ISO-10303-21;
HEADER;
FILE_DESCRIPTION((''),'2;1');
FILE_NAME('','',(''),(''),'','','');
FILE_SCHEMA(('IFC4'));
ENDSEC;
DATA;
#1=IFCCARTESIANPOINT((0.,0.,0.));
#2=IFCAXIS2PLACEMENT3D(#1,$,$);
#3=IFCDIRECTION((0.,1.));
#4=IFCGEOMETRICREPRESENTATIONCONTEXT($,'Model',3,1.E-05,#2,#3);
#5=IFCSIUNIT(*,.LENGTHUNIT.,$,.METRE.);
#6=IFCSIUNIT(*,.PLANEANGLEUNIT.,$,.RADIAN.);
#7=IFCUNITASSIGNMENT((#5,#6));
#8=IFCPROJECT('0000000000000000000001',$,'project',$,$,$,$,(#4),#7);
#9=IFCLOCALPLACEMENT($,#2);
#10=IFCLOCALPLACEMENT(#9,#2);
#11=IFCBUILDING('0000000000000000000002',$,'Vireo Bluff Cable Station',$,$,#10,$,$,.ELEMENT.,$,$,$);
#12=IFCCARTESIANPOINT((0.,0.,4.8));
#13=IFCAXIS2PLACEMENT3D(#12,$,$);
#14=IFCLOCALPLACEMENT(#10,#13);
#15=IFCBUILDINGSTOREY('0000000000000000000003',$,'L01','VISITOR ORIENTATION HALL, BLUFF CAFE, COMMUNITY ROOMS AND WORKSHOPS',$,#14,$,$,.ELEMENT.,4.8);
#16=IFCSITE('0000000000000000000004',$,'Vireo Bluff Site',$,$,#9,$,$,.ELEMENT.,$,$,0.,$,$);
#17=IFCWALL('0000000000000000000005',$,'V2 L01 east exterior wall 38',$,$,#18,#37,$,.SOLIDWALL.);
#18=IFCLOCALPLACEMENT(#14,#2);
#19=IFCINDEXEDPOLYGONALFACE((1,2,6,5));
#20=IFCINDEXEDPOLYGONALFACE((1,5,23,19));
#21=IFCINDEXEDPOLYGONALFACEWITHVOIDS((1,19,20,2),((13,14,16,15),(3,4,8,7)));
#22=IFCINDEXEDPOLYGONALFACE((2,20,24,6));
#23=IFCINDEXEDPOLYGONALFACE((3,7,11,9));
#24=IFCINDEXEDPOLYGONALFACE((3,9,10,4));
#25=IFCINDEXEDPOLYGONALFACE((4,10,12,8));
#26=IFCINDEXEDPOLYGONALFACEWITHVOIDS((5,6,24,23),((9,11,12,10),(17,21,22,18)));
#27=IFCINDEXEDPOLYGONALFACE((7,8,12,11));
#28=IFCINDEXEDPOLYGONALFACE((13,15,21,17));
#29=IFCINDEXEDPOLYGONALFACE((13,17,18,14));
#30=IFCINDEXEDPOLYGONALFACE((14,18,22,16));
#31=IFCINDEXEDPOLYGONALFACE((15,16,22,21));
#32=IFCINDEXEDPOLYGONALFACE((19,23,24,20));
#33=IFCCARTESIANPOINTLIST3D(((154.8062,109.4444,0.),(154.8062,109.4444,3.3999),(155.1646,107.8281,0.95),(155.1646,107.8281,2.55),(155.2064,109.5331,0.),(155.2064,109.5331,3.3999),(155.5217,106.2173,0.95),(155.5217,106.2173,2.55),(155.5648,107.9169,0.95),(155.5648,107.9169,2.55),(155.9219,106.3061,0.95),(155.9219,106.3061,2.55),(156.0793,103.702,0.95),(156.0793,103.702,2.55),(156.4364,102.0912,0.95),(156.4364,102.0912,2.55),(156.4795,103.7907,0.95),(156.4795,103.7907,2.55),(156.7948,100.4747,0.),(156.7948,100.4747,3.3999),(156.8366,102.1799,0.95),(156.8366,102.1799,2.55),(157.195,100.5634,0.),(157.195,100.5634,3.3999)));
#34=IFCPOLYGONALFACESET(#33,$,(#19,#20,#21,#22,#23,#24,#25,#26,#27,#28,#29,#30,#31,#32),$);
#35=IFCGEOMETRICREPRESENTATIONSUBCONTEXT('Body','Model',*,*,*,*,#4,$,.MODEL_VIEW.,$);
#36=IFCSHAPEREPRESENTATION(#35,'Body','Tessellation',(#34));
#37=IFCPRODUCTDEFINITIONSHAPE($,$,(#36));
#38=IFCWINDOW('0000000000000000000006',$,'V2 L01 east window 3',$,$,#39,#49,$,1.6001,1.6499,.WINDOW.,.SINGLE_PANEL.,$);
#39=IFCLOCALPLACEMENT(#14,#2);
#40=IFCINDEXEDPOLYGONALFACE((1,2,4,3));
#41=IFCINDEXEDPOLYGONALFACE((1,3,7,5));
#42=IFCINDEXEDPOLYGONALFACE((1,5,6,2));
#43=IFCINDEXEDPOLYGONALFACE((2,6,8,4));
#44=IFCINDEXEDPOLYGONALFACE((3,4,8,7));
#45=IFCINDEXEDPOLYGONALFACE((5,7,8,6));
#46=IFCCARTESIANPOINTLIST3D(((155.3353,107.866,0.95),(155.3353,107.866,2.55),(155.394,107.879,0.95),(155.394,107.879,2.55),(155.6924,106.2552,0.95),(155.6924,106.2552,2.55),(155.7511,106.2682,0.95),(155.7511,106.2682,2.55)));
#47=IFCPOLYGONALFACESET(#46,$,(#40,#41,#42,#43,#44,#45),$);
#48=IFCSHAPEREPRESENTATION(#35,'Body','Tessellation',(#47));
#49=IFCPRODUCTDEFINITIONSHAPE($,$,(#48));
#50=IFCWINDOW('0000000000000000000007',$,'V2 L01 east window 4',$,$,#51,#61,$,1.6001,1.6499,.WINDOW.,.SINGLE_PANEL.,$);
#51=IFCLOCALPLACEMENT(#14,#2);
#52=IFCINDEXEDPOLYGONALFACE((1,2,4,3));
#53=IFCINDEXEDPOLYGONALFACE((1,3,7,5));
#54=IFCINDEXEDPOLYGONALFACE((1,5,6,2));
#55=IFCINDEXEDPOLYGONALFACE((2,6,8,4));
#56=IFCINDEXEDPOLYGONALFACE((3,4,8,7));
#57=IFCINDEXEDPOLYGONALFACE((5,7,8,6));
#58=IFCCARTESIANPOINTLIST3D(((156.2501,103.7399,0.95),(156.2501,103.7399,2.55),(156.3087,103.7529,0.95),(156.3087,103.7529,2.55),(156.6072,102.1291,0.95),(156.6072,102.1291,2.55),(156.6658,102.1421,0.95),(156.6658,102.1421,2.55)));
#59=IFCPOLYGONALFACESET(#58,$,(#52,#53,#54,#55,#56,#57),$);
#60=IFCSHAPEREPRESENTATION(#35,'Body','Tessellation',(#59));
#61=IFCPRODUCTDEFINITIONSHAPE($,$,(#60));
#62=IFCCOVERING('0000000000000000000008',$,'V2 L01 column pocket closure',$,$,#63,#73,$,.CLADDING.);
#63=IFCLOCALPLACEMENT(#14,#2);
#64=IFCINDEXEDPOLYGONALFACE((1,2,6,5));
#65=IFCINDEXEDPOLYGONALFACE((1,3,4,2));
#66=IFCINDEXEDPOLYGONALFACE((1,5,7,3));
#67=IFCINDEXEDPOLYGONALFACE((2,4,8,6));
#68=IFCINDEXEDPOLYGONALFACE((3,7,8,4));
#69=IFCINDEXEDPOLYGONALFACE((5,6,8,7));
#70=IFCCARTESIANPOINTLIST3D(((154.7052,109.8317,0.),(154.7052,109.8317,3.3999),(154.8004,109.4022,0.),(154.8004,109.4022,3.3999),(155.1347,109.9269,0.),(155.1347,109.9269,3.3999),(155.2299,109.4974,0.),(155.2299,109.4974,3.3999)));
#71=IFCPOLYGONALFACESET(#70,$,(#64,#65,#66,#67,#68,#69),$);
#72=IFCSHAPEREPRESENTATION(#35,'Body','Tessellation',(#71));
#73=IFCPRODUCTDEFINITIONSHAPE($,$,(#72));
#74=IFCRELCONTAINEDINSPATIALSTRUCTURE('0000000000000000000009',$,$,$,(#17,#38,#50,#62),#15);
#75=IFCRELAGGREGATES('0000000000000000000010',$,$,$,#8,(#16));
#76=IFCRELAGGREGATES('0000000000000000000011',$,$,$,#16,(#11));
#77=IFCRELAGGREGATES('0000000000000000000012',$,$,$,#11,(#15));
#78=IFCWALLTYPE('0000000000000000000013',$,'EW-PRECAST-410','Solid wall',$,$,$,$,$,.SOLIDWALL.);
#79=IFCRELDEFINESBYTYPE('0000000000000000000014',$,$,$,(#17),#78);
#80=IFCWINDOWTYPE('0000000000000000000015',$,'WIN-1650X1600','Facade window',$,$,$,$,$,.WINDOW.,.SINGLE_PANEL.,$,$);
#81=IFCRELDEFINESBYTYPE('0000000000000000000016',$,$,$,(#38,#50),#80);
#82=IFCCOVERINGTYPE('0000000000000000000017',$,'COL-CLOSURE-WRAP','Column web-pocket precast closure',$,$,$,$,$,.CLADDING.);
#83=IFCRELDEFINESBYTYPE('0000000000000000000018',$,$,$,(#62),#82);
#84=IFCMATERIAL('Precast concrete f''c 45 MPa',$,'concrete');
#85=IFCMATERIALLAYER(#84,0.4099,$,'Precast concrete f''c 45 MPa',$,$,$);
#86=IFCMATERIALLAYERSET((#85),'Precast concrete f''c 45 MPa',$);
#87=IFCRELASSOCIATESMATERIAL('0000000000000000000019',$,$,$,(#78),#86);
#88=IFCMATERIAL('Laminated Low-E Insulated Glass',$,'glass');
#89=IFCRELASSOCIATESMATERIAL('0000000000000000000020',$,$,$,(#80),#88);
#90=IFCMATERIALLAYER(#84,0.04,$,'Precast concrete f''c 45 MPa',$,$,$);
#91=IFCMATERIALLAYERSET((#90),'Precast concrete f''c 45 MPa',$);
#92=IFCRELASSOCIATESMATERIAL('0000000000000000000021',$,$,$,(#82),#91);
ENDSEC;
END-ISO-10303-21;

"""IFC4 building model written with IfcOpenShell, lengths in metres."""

from ifc_helpers import new_model, si_unit, direction, frame, frame_2d, origin, origin_with_axes, origin_2d, place, context, subcontext, project, spatial, rectangle, extrude, material, layer, layer_set, type_object, element, fill, save


model = new_model("IFC4")

# Units and contexts
model_context = context("Model", 3, precision=1e-05, world=origin(), true_north=direction((0.0, 1.0)))
body_context = subcontext(model_context, "Body", "Model", "MODEL_VIEW")
ifc_project = project(units=[si_unit("LENGTHUNIT", "METRE"), si_unit("PLANEANGLEUNIT", "RADIAN")], contexts=[model_context])

# Site, building, storey
site_placement = place(None, origin())
site = spatial("IfcSite", under=ifc_project, at=site_placement, Name="Vireo Bluff Site", CompositionType="ELEMENT", RefElevation=0.0)
building_placement = place(site_placement, origin())
building = spatial("IfcBuilding", under=site, at=building_placement, Name="Vireo Bluff Cable Station", CompositionType="ELEMENT")
storey_placement = place(building_placement, frame((0.0, 0.0, 4.8)))
storey = spatial("IfcBuildingStorey", under=building, at=storey_placement, Name="L01", Description="VISITOR ORIENTATION HALL, BLUFF CAFE, COMMUNITY ROOMS AND WORKSHOPS", CompositionType="ELEMENT", Elevation=4.8)

# Wall, openings, windows
ifc_material_1 = material(Name="Precast concrete f'c 45 MPa", Category="concrete")
ifc_layer_1 = layer(ifc_material_1, 0.4099, Name="Precast concrete f'c 45 MPa")
ifc_layer_set_1 = layer_set([ifc_layer_1], Name="Precast concrete f'c 45 MPa")
wall_type = type_object("IfcWallType", Name="EW-PRECAST-410", Description="Solid wall", PredefinedType="SOLIDWALL", material=ifc_layer_set_1)
wall_placement = place(storey_placement, frame((155.0063, 109.4888, 0.0), z_axis=(0.0, 0.0, 1.0), x_axis=(0.216438, -0.976296, 0.0)))
wall = element("IfcWall", 1, at=wall_placement, inside=storey, type_object=wall_type, Name="V2 L01 east exterior wall 38", PredefinedType="SOLIDWALL", context=body_context, shape_type="SweptSolid", body=[
    extrude(rectangle(XDim=9.1875, YDim=0.4099, at=frame_2d((4.5938, 0.0))), origin(), (0.0, 0.0, 1.0), 3.3999),
])
opening_1_placement = place(wall_placement, frame((1.6555, 0.0, 0.95)))
opening_1 = element("IfcOpeningElement", 2, at=opening_1_placement, cuts=wall, PredefinedType="OPENING", context=body_context, shape_type="SweptSolid", body=[
    extrude(rectangle(XDim=1.6499, YDim=1.6001, at=frame_2d((0.825, 0.8))), frame((0.0, 0.2148, 0.0), z_axis=(0.0, -1.0, 0.0), x_axis=(1.0, 0.0, 0.0)), (0.0, 0.0, 1.0), 0.4299),
])
opening_2_placement = place(wall_placement, frame((5.8818, 0.0, 0.95)))
opening_2 = element("IfcOpeningElement", 3, at=opening_2_placement, cuts=wall, PredefinedType="OPENING", context=body_context, shape_type="SweptSolid", body=[
    extrude(rectangle(XDim=1.6499, YDim=1.6001, at=frame_2d((0.825, 0.8))), frame((0.0, 0.2148, 0.0), z_axis=(0.0, -1.0, 0.0), x_axis=(1.0, 0.0, 0.0)), (0.0, 0.0, 1.0), 0.4299),
])
ifc_material_2 = material(Name="Laminated Low-E Insulated Glass", Category="glass")
window_type = type_object("IfcWindowType", Name="WIN-1650X1600", Description="Facade window", PartitioningType="SINGLE_PANEL", PredefinedType="WINDOW", material=ifc_material_2)
window_1_placement = place(opening_1_placement, origin_with_axes())
window_1 = element("IfcWindow", 4, at=window_1_placement, inside=storey, type_object=window_type, Name="V2 L01 east window 3", OverallHeight=1.6001, OverallWidth=1.6499, PartitioningType="SINGLE_PANEL", PredefinedType="WINDOW", context=body_context, shape_type="SweptSolid", body=[
    extrude(rectangle(XDim=1.6499, YDim=1.6001, at=frame_2d((0.825, 0.8))), frame((0.0, 0.03, 0.0), z_axis=(0.0, -1.0, 0.0), x_axis=(1.0, 0.0, 0.0)), (0.0, 0.0, 1.0), 0.0601),
])
fill(opening_1, window_1)
window_2_placement = place(opening_2_placement, origin_with_axes())
window_2 = element("IfcWindow", 5, at=window_2_placement, inside=storey, type_object=window_type, Name="V2 L01 east window 4", OverallHeight=1.6001, OverallWidth=1.6499, PartitioningType="SINGLE_PANEL", PredefinedType="WINDOW", context=body_context, shape_type="SweptSolid", body=[
    extrude(rectangle(XDim=1.6499, YDim=1.6001, at=frame_2d((0.825, 0.8))), frame((0.0, 0.03, 0.0), z_axis=(0.0, -1.0, 0.0), x_axis=(1.0, 0.0, 0.0)), (0.0, 0.0, 1.0), 0.0601),
])
fill(opening_2, window_2)

# Covering
ifc_layer_2 = layer(ifc_material_1, 0.04, Name="Precast concrete f'c 45 MPa")
ifc_layer_set_2 = layer_set([ifc_layer_2], Name="Precast concrete f'c 45 MPa")
covering_type = type_object("IfcCoveringType", Name="COL-CLOSURE-WRAP", Description="Column web-pocket precast closure", PredefinedType="CLADDING", material=ifc_layer_set_2)
covering_placement = place(storey_placement, frame((154.9675, 109.6646, 0.0), z_axis=(0.0, 0.0, 1.0), x_axis=(0.976296, 0.21644, 0.0)))
element("IfcCovering", 6, at=covering_placement, inside=storey, type_object=covering_type, Name="V2 L01 column pocket closure", PredefinedType="CLADDING", context=body_context, shape_type="SweptSolid", body=[
    extrude(rectangle(XDim=0.4399, YDim=0.4399, at=origin_2d()), origin(), (0.0, 0.0, 1.0), 3.3999),
])

save(model, "model.ifc")
